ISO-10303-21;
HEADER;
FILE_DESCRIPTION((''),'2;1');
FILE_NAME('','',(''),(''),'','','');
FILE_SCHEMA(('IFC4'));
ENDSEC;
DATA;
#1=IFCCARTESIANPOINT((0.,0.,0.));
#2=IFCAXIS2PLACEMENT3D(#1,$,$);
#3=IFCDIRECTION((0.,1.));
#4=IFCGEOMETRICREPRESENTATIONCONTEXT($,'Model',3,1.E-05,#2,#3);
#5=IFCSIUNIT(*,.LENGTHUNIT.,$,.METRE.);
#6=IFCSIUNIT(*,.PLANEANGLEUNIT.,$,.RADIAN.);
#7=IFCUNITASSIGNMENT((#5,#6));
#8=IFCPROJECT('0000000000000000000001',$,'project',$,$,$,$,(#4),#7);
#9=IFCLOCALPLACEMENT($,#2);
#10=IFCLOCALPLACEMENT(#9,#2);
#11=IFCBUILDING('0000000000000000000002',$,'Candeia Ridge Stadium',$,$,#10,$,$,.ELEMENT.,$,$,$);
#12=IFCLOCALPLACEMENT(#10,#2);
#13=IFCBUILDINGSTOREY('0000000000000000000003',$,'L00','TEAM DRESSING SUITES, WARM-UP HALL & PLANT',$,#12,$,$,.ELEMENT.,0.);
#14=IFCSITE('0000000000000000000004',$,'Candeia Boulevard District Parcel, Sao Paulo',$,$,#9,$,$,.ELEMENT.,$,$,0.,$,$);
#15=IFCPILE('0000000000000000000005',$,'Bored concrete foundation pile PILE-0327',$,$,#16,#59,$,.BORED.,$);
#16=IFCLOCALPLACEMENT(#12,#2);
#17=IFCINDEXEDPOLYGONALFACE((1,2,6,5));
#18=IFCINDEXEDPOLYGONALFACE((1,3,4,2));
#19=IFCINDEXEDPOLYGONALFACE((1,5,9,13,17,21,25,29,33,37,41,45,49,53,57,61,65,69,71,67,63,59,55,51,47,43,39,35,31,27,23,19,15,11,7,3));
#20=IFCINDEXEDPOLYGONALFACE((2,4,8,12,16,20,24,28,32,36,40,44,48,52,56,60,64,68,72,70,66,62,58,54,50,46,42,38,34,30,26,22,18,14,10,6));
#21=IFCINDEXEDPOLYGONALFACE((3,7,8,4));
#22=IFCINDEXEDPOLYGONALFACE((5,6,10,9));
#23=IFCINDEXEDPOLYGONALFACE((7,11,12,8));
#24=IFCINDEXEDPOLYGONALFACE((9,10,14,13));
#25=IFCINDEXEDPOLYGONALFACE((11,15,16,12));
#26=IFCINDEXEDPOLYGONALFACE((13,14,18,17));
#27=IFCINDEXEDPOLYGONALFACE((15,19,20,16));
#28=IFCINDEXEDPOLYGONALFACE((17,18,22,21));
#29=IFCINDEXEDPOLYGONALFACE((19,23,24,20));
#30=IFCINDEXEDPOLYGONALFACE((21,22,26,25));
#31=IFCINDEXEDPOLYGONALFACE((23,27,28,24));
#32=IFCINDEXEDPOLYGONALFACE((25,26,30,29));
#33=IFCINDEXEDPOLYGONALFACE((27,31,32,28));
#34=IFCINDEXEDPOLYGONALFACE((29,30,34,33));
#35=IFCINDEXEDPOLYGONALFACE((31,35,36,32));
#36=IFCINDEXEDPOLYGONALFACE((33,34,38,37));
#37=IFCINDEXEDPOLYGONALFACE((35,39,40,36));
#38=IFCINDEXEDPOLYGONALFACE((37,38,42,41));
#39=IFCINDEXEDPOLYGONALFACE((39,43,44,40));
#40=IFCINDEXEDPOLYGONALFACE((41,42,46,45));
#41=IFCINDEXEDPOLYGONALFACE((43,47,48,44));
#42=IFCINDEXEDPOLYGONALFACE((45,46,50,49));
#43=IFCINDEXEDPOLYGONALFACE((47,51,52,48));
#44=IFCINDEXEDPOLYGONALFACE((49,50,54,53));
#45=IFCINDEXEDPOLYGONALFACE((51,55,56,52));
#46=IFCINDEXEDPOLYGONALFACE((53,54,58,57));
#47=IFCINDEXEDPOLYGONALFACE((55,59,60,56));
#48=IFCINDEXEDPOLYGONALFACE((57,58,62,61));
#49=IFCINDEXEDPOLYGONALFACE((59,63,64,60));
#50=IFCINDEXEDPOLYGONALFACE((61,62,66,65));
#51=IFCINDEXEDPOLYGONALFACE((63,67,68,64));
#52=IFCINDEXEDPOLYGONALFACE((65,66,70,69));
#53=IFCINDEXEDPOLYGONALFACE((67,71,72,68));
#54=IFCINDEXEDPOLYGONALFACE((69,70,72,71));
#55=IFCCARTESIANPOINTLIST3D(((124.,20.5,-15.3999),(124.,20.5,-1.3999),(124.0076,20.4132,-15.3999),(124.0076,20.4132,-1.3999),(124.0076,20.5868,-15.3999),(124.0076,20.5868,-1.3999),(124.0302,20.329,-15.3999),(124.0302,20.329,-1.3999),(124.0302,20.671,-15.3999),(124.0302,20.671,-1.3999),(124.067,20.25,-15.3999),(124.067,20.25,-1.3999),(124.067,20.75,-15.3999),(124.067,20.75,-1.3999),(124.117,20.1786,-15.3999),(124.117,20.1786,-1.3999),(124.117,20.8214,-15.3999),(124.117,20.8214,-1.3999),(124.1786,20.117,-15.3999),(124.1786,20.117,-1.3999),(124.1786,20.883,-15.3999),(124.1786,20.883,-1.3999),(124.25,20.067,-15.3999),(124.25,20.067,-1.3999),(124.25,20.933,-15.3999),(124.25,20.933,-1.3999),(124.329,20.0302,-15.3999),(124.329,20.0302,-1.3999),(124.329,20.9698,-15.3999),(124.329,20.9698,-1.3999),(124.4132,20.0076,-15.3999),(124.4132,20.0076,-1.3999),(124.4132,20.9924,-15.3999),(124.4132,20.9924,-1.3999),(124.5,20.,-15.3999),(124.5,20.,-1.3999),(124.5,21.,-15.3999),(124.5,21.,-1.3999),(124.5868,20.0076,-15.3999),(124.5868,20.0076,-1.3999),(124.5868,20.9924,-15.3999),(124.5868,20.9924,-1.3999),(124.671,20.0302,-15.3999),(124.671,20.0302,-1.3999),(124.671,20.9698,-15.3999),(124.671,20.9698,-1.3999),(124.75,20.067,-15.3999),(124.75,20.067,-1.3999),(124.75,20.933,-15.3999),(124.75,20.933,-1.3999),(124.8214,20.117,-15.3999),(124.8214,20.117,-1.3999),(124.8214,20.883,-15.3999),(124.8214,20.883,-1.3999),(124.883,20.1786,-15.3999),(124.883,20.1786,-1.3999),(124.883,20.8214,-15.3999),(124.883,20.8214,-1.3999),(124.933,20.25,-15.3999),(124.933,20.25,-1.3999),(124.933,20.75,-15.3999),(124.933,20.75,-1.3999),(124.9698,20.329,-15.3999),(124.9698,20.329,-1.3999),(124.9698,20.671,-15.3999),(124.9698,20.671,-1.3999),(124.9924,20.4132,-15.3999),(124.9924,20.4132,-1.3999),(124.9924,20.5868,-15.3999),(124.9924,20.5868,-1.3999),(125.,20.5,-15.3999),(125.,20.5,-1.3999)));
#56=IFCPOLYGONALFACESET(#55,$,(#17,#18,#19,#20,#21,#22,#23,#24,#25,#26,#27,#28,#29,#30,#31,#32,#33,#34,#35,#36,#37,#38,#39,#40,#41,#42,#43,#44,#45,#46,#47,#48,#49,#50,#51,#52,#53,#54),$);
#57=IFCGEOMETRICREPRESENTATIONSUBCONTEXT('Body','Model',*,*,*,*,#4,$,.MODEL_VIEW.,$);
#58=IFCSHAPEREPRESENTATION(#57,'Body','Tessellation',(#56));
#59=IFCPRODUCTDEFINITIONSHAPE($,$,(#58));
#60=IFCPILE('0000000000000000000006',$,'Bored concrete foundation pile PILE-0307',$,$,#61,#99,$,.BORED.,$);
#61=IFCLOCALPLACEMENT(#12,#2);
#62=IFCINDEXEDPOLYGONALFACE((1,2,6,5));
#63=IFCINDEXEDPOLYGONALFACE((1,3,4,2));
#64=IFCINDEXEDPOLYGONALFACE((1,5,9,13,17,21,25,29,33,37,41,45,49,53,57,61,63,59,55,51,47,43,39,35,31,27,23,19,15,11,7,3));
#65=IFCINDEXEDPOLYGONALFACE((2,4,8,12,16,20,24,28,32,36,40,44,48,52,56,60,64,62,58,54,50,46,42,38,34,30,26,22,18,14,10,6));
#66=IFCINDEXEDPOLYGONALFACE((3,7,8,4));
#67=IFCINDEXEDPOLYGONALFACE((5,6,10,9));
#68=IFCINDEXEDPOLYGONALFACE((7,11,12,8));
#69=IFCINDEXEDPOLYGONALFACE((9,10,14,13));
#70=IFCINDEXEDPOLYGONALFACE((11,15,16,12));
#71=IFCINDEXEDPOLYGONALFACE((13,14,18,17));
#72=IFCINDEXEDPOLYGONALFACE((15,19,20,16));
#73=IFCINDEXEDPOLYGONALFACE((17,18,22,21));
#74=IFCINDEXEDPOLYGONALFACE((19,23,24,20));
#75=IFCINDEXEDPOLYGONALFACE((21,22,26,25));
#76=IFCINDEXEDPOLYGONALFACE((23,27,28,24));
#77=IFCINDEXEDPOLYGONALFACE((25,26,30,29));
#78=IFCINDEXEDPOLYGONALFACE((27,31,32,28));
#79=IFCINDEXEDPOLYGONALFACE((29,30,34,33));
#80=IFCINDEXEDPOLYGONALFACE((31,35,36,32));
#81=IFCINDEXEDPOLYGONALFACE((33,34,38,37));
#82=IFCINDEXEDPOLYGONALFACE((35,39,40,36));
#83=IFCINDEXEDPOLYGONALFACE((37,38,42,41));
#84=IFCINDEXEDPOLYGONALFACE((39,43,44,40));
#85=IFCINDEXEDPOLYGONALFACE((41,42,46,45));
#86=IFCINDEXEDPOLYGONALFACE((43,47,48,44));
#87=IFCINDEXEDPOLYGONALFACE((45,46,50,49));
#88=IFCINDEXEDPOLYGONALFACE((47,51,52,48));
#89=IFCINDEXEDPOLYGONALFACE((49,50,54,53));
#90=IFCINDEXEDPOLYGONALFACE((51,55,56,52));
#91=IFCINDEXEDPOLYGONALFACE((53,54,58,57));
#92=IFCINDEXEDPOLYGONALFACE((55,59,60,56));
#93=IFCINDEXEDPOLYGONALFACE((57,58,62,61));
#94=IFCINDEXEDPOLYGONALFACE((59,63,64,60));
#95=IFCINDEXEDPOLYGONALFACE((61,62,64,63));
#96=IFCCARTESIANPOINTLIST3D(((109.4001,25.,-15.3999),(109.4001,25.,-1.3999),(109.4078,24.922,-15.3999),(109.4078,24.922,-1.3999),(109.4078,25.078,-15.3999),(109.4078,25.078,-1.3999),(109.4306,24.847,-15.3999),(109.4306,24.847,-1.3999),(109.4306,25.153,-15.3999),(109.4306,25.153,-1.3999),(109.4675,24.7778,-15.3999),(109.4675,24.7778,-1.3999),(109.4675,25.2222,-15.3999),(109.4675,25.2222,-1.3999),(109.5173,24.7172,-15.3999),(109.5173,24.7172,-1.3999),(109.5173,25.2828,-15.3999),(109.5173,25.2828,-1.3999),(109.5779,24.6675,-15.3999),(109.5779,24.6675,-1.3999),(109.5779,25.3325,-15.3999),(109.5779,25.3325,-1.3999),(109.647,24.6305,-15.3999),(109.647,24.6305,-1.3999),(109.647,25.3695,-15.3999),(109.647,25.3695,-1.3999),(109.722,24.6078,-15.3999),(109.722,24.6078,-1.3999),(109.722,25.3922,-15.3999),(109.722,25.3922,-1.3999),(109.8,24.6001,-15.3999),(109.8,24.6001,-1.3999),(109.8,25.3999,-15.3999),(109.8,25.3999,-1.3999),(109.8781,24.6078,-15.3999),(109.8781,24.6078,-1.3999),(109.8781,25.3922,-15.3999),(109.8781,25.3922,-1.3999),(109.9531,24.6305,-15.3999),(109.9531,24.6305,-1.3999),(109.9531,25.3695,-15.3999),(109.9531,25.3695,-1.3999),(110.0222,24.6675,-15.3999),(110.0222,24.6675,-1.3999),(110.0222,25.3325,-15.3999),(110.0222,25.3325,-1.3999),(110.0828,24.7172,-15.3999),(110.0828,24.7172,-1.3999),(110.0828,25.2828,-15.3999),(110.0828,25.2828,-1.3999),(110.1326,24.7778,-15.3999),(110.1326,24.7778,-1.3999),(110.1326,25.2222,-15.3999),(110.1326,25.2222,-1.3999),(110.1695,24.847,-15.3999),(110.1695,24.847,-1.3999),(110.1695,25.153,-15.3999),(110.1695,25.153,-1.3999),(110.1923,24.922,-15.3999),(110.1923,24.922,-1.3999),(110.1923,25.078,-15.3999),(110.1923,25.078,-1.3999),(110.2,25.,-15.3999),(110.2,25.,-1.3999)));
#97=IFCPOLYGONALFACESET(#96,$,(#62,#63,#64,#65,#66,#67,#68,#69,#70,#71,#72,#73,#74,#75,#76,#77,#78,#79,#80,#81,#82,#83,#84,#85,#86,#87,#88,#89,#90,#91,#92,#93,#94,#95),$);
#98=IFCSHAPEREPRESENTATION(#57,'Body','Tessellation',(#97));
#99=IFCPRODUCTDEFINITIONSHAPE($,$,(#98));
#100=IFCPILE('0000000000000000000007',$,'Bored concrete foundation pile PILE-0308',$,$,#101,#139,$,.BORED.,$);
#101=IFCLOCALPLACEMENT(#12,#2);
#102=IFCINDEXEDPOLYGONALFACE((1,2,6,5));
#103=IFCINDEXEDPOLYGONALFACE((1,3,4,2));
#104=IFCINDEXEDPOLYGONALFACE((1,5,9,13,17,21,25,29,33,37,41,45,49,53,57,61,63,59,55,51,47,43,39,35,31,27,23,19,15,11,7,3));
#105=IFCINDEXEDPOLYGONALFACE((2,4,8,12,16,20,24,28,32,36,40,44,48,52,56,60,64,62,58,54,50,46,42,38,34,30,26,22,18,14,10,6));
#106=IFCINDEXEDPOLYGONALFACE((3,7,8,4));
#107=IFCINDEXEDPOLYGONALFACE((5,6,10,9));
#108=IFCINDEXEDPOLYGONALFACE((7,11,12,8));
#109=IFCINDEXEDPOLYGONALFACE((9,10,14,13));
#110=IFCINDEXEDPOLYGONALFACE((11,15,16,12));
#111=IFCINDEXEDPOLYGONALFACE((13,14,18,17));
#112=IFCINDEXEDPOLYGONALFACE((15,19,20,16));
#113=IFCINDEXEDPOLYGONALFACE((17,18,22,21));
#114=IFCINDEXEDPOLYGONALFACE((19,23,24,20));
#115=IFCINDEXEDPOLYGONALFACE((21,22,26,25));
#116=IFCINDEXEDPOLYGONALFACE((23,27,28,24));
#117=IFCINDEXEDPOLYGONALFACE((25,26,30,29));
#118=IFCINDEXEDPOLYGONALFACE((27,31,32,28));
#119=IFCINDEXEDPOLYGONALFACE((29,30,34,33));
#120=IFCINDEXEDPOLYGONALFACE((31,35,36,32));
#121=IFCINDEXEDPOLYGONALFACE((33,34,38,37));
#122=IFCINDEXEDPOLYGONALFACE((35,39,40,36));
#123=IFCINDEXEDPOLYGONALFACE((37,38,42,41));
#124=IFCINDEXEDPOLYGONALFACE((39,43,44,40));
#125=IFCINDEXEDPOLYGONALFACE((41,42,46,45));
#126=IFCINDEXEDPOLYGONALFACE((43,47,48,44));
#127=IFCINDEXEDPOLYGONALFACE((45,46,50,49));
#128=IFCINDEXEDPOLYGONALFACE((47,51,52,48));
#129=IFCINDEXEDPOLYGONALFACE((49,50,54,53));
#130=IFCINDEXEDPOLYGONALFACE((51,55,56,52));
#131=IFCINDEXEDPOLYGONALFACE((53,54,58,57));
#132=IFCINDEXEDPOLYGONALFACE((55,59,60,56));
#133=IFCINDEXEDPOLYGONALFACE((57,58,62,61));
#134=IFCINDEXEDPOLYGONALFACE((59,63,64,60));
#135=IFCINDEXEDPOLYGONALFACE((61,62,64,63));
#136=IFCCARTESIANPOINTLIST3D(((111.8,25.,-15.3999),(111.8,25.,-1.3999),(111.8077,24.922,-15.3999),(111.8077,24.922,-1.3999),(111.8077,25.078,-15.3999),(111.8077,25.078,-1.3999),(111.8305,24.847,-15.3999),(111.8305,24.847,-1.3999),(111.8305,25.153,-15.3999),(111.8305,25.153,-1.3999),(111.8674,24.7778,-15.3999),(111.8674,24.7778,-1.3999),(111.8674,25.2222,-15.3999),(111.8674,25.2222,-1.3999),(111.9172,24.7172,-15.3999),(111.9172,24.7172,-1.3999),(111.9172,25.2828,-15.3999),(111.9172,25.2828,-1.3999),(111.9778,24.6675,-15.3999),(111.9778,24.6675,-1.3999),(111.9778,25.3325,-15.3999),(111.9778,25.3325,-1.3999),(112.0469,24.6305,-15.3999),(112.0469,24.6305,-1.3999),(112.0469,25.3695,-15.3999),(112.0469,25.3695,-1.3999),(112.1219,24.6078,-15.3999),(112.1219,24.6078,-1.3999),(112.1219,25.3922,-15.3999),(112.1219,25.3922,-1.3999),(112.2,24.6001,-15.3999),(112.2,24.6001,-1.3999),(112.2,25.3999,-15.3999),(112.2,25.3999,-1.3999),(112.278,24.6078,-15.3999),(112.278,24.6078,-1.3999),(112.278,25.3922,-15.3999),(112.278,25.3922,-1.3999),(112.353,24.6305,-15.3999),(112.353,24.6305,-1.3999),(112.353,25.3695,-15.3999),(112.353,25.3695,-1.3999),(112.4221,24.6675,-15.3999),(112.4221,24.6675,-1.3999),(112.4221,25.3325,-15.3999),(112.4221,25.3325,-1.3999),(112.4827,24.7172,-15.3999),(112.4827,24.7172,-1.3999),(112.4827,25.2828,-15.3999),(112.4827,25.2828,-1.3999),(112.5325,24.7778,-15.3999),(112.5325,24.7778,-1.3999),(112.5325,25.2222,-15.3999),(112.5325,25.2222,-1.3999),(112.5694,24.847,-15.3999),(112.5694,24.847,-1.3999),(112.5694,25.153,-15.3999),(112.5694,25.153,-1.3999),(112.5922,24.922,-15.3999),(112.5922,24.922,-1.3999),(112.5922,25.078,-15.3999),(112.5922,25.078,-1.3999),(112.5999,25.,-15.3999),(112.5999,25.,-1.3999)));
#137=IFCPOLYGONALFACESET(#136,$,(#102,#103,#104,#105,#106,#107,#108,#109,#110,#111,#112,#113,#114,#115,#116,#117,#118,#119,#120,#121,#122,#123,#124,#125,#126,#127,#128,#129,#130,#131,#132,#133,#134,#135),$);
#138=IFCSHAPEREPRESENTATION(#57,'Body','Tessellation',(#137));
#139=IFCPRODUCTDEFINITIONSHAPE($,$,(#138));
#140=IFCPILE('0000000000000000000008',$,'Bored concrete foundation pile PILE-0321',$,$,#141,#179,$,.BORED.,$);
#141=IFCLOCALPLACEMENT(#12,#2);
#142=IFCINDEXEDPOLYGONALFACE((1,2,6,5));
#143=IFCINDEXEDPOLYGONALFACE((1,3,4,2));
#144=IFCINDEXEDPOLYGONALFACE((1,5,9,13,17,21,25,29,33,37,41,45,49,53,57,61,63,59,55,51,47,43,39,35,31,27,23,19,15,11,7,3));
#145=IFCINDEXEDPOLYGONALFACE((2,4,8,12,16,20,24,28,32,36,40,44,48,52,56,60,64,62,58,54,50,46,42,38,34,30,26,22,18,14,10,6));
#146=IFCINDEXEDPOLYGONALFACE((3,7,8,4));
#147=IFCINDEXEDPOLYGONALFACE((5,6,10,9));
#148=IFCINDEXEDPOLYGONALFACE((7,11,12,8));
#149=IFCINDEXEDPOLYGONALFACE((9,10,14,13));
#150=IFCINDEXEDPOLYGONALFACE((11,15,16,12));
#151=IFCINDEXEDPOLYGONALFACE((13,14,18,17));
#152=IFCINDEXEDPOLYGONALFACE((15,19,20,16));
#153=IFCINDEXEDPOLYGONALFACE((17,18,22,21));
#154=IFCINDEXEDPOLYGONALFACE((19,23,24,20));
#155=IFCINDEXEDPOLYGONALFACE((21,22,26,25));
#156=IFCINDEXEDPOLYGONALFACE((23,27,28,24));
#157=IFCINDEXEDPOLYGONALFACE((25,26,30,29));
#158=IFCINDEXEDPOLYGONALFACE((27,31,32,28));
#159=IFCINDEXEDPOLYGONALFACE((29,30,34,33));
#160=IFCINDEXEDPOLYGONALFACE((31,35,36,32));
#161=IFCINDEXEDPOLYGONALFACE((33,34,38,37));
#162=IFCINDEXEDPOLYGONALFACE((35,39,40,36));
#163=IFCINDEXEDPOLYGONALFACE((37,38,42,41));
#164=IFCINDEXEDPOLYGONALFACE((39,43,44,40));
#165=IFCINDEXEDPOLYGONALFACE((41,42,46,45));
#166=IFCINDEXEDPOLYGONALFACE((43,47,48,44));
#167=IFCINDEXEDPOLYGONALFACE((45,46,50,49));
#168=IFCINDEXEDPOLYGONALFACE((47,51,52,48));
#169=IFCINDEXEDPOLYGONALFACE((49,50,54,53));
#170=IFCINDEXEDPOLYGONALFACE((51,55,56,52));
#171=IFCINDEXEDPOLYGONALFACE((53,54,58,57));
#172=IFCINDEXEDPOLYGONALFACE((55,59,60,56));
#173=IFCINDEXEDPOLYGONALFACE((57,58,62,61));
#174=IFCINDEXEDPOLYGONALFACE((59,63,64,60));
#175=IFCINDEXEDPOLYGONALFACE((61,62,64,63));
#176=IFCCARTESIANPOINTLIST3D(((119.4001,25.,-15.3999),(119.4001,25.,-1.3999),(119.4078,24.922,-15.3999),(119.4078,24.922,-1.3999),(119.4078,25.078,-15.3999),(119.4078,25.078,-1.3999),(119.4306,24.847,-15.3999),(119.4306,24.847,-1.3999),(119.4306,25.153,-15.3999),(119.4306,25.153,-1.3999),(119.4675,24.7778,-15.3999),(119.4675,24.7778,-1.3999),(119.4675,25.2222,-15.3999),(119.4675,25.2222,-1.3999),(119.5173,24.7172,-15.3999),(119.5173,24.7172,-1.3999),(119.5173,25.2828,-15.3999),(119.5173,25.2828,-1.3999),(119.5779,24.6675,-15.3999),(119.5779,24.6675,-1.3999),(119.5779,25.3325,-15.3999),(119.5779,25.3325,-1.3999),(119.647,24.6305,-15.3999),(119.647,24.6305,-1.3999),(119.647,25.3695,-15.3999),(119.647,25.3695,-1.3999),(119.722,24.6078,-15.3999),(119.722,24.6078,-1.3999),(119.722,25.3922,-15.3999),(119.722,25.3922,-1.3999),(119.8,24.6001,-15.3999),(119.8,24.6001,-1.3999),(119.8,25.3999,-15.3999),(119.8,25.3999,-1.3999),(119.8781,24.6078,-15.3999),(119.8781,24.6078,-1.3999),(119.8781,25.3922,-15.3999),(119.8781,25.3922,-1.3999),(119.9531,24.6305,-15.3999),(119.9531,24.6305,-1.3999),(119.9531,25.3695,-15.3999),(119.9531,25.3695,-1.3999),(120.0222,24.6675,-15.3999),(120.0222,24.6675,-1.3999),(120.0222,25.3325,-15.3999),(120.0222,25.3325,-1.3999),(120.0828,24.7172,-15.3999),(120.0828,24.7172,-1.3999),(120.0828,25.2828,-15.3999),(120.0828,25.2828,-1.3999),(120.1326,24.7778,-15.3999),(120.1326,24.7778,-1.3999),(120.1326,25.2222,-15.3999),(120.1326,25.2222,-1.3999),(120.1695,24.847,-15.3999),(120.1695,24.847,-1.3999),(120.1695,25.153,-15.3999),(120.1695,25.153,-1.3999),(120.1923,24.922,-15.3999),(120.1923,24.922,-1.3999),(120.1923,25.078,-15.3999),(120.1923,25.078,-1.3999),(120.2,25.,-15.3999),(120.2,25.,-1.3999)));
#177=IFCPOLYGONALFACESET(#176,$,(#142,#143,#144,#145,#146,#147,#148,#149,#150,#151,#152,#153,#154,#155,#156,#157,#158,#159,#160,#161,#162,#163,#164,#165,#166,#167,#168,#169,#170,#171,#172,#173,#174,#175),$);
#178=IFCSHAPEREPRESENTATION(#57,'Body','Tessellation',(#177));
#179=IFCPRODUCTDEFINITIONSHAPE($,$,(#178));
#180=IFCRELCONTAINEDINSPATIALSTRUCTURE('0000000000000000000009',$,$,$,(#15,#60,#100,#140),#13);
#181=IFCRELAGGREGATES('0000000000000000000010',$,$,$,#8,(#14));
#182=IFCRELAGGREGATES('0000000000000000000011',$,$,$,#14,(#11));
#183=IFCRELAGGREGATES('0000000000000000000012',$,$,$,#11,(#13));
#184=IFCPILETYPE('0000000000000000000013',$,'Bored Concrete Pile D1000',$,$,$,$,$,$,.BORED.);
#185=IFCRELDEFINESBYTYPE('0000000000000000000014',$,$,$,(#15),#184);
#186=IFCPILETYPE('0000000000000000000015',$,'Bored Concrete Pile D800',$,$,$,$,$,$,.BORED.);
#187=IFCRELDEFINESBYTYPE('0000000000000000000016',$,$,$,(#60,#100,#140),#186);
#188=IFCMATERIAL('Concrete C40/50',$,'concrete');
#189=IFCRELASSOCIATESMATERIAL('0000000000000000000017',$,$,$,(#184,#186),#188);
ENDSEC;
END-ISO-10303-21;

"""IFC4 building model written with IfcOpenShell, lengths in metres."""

from ifc_helpers import new_model, si_unit, direction, frame, origin, origin_2d, place, context, subcontext, project, spatial, circle, extrude, material, material_profile, profile_set, type_object, element, save


model = new_model("IFC4")

# Units and contexts
model_context = context("Model", 3, precision=1e-05, world=origin(), true_north=direction((0.0, 1.0)))
body_context = subcontext(model_context, "Body", "Model", "MODEL_VIEW")
ifc_project = project(units=[si_unit("LENGTHUNIT", "METRE"), si_unit("PLANEANGLEUNIT", "RADIAN")], contexts=[model_context])

# Site, building, storey
site_placement = place(None, origin())
site = spatial("IfcSite", under=ifc_project, at=site_placement, Name="Candeia Boulevard District Parcel, Sao Paulo", CompositionType="ELEMENT", RefElevation=0.0)
building_placement = place(site_placement, origin())
building = spatial("IfcBuilding", under=site, at=building_placement, Name="Candeia Ridge Stadium", CompositionType="ELEMENT")
storey_placement = place(building_placement, origin())
storey = spatial("IfcBuildingStorey", under=building, at=storey_placement, Name="L00", Description="TEAM DRESSING SUITES, WARM-UP HALL & PLANT", CompositionType="ELEMENT", Elevation=0.0)

# Piles
ifc_material_1 = material(Name="Concrete C40/50", Category="concrete")
ifc_material_profile_1 = material_profile(ifc_material_1, circle(Radius=0.5, at=origin_2d()), Name="PILE-D1000", Category="concrete")
ifc_profile_set_1 = profile_set([ifc_material_profile_1], Name="Concrete C40/50")
pile_type_1 = type_object("IfcPileType", Name="Bored Concrete Pile D1000", PredefinedType="BORED", material=ifc_profile_set_1)
pile_placement = place(storey_placement, frame((124.5, 20.5, -1.3999), z_axis=(0.0, 0.0, -1.0), x_axis=(1.0, 0.0, 0.0)))
element("IfcPile", 1, at=pile_placement, inside=storey, type_object=pile_type_1, Name="Bored concrete foundation pile PILE-0327", PredefinedType="BORED", context=body_context, shape_type="SweptSolid", body=[
    extrude(circle(Radius=0.5, at=origin_2d()), origin(), (0.0, 0.0, 1.0), 14.0),
])
ifc_material_profile_2 = material_profile(ifc_material_1, circle(Radius=0.3999, at=origin_2d()), Name="PILE-D800", Category="concrete")
ifc_profile_set_2 = profile_set([ifc_material_profile_2], Name="Concrete C40/50")
pile_type_2 = type_object("IfcPileType", Name="Bored Concrete Pile D800", PredefinedType="BORED", material=ifc_profile_set_2)
for number, where, z_axis, x_axis, name in (
    (2, (109.8, 25.0, -1.3999), (0.0, 0.0, -1.0), (1.0, 0.0, 0.0), "Bored concrete foundation pile PILE-0307"),
    (3, (112.2, 25.0, -1.3999), (0.0, 0.0, -1.0), (1.0, 0.0, 0.0), "Bored concrete foundation pile PILE-0308"),
    (4, (119.8, 25.0, -1.3999), (0.0, 0.0, -1.0), (1.0, 0.0, 0.0), "Bored concrete foundation pile PILE-0321"),
):
    element("IfcPile", number, at=place(storey_placement, frame(where, z_axis=z_axis, x_axis=x_axis)), inside=storey, type_object=pile_type_2, Name=name, PredefinedType="BORED", context=body_context, shape_type="SweptSolid", body=[
        extrude(circle(Radius=0.3999, at=origin_2d()), origin(), (0.0, 0.0, 1.0), 14.0),
    ])

save(model, "model.ifc")
